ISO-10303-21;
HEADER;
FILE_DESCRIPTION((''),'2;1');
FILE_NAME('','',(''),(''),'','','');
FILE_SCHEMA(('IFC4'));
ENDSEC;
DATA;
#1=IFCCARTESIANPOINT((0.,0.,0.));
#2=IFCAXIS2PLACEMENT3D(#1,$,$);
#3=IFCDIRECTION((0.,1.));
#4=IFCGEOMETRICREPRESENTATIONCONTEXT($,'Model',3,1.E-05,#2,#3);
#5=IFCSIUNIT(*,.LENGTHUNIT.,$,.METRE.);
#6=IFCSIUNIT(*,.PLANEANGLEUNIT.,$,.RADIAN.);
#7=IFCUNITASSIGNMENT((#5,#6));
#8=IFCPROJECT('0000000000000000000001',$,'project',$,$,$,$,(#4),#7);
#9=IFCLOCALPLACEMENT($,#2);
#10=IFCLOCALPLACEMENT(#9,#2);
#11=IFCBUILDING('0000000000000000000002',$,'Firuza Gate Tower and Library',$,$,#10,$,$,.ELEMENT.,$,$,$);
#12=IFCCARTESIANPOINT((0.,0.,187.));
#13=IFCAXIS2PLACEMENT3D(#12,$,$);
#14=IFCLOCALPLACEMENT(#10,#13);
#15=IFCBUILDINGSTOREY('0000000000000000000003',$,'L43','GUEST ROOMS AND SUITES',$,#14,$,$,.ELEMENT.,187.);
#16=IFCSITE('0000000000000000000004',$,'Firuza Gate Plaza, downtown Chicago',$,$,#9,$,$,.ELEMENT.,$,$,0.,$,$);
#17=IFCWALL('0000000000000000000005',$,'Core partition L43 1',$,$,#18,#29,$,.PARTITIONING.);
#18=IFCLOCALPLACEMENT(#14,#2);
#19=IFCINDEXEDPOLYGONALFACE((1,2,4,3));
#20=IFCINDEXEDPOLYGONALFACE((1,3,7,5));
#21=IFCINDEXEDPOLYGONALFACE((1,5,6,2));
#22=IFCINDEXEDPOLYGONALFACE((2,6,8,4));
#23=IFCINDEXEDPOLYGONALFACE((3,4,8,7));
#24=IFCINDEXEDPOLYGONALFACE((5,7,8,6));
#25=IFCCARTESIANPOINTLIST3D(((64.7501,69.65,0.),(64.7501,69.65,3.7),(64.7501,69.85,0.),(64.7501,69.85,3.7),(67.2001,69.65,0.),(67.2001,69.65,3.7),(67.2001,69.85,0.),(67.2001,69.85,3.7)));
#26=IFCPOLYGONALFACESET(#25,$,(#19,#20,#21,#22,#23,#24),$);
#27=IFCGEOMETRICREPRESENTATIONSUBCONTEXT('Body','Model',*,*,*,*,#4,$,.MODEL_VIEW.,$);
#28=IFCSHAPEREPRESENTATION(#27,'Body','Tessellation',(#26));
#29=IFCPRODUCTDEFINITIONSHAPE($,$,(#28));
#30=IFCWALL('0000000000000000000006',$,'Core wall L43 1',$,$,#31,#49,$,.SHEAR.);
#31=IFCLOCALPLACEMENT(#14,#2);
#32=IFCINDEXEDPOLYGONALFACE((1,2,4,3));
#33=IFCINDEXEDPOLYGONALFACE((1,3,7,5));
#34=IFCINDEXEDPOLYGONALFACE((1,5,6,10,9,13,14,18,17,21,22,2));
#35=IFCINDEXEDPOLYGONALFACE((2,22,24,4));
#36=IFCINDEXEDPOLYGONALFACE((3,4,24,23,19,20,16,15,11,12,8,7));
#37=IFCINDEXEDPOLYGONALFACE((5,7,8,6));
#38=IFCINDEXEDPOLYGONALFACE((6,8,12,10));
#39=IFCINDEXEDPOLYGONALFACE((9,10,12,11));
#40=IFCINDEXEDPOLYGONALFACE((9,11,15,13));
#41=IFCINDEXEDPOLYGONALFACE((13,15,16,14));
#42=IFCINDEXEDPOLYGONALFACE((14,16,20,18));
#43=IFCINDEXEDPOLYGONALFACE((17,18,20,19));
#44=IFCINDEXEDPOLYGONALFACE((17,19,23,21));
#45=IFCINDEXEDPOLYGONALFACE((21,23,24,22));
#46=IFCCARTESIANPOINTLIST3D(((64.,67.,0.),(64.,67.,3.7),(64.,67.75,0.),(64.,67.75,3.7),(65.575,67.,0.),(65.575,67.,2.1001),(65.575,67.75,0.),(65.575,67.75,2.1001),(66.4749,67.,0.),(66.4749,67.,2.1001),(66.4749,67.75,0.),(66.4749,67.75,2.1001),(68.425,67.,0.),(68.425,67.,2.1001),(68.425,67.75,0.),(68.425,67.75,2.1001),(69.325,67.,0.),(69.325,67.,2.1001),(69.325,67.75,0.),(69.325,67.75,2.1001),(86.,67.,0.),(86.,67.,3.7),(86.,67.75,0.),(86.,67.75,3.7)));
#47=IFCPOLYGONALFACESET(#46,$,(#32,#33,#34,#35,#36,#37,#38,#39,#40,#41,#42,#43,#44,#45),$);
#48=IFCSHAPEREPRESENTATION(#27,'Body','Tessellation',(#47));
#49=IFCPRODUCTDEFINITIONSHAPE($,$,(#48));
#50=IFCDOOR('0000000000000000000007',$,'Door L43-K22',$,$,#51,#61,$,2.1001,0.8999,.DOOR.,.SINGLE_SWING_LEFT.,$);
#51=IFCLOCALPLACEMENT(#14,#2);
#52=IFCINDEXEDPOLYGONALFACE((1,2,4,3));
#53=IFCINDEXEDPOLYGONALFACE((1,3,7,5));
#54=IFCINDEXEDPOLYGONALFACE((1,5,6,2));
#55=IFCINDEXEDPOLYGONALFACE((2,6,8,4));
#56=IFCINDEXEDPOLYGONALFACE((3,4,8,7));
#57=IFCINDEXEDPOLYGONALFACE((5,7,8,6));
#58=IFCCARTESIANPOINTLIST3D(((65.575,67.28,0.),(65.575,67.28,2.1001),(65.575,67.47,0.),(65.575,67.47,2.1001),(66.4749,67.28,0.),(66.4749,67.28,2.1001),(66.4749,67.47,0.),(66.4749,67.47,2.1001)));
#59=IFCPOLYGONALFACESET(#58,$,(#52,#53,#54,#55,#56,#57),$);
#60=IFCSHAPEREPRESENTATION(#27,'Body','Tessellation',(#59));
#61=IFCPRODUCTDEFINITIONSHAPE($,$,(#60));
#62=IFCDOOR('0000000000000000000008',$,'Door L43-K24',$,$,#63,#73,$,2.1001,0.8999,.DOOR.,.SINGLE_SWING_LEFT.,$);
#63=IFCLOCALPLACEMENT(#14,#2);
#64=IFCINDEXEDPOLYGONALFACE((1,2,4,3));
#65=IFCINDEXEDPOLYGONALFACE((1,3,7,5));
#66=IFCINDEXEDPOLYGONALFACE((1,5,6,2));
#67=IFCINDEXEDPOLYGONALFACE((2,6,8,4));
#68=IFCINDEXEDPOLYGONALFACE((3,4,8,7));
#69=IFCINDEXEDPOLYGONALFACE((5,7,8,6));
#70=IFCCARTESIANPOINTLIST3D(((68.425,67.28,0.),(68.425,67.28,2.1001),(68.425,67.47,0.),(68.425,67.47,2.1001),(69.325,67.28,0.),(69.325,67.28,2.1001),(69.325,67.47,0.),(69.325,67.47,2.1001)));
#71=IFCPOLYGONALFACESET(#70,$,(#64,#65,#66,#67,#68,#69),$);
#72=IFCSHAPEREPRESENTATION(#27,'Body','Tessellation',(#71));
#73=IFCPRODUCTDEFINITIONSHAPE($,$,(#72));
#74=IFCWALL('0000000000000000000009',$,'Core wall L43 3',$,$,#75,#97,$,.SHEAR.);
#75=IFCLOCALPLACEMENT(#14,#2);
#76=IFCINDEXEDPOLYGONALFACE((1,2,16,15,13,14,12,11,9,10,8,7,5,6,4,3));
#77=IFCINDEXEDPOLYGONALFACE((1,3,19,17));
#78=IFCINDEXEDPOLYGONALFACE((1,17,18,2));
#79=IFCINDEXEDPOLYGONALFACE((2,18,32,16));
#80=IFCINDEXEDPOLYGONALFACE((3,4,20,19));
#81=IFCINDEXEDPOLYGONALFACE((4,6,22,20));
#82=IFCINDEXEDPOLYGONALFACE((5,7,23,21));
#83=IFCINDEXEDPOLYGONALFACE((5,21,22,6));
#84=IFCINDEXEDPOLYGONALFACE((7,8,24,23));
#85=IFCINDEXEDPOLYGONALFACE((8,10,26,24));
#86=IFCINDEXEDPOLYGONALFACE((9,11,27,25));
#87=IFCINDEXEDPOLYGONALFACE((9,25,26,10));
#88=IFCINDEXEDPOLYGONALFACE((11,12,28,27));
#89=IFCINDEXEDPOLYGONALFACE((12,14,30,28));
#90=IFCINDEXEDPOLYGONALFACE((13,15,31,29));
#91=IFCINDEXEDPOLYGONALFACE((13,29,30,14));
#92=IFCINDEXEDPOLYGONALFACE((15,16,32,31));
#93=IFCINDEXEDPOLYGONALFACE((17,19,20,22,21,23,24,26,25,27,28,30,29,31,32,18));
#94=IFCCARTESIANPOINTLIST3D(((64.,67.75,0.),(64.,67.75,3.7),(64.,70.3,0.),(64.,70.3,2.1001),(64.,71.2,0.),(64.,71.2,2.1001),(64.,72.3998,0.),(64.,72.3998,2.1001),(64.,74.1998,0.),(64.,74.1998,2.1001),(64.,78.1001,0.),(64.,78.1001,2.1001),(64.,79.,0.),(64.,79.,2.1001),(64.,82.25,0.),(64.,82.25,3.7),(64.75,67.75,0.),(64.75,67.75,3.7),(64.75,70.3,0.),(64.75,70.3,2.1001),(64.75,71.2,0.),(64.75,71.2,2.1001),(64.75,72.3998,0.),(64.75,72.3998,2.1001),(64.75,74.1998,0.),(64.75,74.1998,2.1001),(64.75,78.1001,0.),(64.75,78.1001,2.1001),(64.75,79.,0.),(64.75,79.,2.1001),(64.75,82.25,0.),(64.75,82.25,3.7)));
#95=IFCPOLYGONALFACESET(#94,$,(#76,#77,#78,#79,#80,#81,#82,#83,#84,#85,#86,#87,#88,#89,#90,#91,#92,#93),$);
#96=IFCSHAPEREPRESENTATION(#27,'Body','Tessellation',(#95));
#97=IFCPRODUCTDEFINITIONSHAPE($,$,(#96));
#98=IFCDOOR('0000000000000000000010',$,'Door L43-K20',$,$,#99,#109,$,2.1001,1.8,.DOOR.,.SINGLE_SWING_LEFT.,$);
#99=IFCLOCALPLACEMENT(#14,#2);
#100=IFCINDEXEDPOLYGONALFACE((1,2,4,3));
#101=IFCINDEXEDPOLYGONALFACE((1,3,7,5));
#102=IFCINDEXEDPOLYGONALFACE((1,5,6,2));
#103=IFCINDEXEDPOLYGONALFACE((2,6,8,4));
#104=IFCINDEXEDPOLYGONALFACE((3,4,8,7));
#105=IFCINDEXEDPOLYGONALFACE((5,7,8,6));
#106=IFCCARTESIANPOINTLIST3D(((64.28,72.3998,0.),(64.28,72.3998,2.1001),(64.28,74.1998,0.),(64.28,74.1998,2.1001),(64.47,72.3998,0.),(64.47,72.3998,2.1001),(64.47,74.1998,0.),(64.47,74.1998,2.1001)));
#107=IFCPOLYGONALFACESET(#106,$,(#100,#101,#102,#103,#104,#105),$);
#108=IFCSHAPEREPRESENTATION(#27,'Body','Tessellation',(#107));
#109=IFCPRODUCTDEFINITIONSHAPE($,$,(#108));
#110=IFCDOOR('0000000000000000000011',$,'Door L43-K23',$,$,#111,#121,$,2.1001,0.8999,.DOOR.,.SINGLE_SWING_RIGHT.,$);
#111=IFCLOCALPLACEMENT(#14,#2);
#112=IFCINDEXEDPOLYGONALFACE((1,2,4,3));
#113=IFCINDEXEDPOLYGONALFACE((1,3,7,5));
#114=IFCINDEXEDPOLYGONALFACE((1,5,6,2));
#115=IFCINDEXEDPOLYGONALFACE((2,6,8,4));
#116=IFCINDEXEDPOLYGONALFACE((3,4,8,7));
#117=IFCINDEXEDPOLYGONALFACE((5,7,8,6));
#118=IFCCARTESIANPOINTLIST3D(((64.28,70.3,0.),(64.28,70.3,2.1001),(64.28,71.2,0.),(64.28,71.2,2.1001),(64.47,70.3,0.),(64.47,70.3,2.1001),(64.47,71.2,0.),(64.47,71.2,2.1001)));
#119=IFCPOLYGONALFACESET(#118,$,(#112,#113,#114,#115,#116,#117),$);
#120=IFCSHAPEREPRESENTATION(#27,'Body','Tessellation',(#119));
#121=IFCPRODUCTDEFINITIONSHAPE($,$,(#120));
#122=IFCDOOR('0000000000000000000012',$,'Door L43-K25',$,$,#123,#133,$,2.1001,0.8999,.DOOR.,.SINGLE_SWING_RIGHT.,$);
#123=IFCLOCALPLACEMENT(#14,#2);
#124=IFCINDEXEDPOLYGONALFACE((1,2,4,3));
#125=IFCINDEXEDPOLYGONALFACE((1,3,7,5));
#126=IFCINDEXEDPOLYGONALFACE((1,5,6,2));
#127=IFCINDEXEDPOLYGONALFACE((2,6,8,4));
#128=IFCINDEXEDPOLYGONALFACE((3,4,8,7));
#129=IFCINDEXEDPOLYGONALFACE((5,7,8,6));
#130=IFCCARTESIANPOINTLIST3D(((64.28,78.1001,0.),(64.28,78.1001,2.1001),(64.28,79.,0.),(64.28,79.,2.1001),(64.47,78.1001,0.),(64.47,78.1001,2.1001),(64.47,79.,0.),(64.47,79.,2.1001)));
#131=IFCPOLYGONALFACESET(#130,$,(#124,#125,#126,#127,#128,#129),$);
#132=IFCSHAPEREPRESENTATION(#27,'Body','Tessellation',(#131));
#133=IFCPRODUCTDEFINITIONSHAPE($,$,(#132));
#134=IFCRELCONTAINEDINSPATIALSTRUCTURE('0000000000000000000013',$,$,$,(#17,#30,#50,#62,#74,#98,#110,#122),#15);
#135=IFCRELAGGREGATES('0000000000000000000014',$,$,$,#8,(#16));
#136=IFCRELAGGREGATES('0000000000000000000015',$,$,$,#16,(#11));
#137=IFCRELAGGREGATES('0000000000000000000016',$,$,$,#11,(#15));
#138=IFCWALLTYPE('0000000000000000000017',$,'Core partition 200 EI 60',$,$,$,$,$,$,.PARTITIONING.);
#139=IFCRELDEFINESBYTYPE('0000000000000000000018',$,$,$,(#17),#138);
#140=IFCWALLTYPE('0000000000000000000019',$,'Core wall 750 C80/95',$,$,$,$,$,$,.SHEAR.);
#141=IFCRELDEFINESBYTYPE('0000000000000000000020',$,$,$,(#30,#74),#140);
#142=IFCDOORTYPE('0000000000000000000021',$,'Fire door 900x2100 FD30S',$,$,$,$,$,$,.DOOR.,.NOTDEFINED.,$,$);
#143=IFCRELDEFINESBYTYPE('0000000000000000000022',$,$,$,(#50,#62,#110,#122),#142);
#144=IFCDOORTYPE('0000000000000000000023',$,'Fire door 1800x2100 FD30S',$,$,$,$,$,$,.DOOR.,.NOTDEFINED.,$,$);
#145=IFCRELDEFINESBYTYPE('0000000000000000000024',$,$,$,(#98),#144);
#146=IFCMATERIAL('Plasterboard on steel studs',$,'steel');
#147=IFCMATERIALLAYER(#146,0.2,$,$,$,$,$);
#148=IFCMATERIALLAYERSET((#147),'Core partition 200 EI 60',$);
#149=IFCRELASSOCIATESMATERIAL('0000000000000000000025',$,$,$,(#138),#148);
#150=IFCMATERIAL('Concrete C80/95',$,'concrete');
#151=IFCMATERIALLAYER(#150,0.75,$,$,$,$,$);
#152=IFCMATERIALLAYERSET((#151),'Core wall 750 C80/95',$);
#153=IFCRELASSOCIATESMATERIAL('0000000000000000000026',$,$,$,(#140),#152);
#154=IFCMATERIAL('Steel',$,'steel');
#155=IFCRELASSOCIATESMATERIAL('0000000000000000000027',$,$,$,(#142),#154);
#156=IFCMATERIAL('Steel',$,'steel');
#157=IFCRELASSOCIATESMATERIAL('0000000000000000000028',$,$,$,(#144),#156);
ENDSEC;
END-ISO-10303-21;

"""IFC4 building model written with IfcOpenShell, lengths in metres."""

from ifc_helpers import new_model, si_unit, direction, frame, frame_2d, origin, place, context, subcontext, project, spatial, rectangle, extrude, material, layer, layer_set, type_object, element, fill, save


model = new_model("IFC4")

# Units and contexts
model_context = context("Model", 3, precision=1e-05, world=origin(), true_north=direction((0.0, 1.0)))
body_context = subcontext(model_context, "Body", "Model", "MODEL_VIEW")
ifc_project = project(units=[si_unit("LENGTHUNIT", "METRE"), si_unit("PLANEANGLEUNIT", "RADIAN")], contexts=[model_context])

# Site, building, storey
site_placement = place(None, origin())
site = spatial("IfcSite", under=ifc_project, at=site_placement, Name="Firuza Gate Plaza, downtown Chicago", CompositionType="ELEMENT", RefElevation=0.0)
building_placement = place(site_placement, origin())
building = spatial("IfcBuilding", under=site, at=building_placement, Name="Firuza Gate Tower and Library", CompositionType="ELEMENT")
storey_placement = place(building_placement, frame((0.0, 0.0, 187.0)))
storey = spatial("IfcBuildingStorey", under=building, at=storey_placement, Name="L43", Description="GUEST ROOMS AND SUITES", CompositionType="ELEMENT", Elevation=187.0)

# Wall
ifc_material_1 = material(Name="Plasterboard on steel studs", Category="steel")
ifc_layer_1 = layer(ifc_material_1, 0.2)
ifc_layer_set_1 = layer_set([ifc_layer_1], Name="Core partition 200 EI 60")
wall_type_1 = type_object("IfcWallType", Name="Core partition 200 EI 60", PredefinedType="PARTITIONING", material=ifc_layer_set_1)
wall_1_placement = place(storey_placement, frame((64.75, 69.75, 0.0), z_axis=(0.0, 0.0, 1.0), x_axis=(1.0, 0.0, 0.0)))
element("IfcWall", 1, at=wall_1_placement, inside=storey, type_object=wall_type_1, Name="Core partition L43 1", PredefinedType="PARTITIONING", context=body_context, shape_type="SweptSolid", body=[
    extrude(rectangle(XDim=2.45, YDim=0.2, at=frame_2d((1.2251, 0.0))), origin(), (0.0, 0.0, 1.0), 3.7),
])

# Walls, openings, doors
ifc_material_2 = material(Name="Concrete C80/95", Category="concrete")
ifc_layer_2 = layer(ifc_material_2, 0.75)
ifc_layer_set_2 = layer_set([ifc_layer_2], Name="Core wall 750 C80/95")
wall_type_2 = type_object("IfcWallType", Name="Core wall 750 C80/95", PredefinedType="SHEAR", material=ifc_layer_set_2)
wall_2_placement = place(storey_placement, frame((64.0, 67.375, 0.0), z_axis=(0.0, 0.0, 1.0), x_axis=(1.0, 0.0, 0.0)))
wall_2 = element("IfcWall", 2, at=wall_2_placement, inside=storey, type_object=wall_type_2, Name="Core wall L43 1", PredefinedType="SHEAR", context=body_context, shape_type="SweptSolid", body=[
    extrude(rectangle(XDim=22.0, YDim=0.75, at=frame_2d((11.0, 0.0))), origin(), (0.0, 0.0, 1.0), 3.7),
])
opening_1_placement = place(wall_2_placement, frame((1.575, 0.0, 0.0)))
opening_1 = element("IfcOpeningElement", 3, at=opening_1_placement, cuts=wall_2, PredefinedType="OPENING", context=body_context, shape_type="SweptSolid", body=[
    extrude(rectangle(XDim=0.8999, YDim=2.1001, at=frame_2d((0.45, 1.05))), frame((0.0, 0.385, 0.0), z_axis=(0.0, -1.0, 0.0), x_axis=(1.0, 0.0, 0.0)), (0.0, 0.0, 1.0), 0.77),
])
opening_2_placement = place(wall_2_placement, frame((4.425, 0.0, 0.0)))
opening_2 = element("IfcOpeningElement", 4, at=opening_2_placement, cuts=wall_2, PredefinedType="OPENING", context=body_context, shape_type="SweptSolid", body=[
    extrude(rectangle(XDim=0.8999, YDim=2.1001, at=frame_2d((0.45, 1.05))), frame((0.0, 0.385, 0.0), z_axis=(0.0, -1.0, 0.0), x_axis=(1.0, 0.0, 0.0)), (0.0, 0.0, 1.0), 0.77),
])
ifc_material_3 = material(Name="Steel", Category="steel")
door_type_1 = type_object("IfcDoorType", Name="Fire door 900x2100 FD30S", OperationType="NOTDEFINED", PredefinedType="DOOR", material=ifc_material_3)
door_1_placement = place(opening_1_placement, origin())
door_1 = element("IfcDoor", 5, at=door_1_placement, inside=storey, type_object=door_type_1, Name="Door L43-K22", OperationType="SINGLE_SWING_LEFT", OverallHeight=2.1001, OverallWidth=0.8999, PredefinedType="DOOR", context=body_context, shape_type="SweptSolid", body=[
    extrude(rectangle(XDim=0.8999, YDim=2.1001, at=frame_2d((0.45, 1.05))), frame((0.0, 0.095, 0.0), z_axis=(0.0, -1.0, 0.0), x_axis=(1.0, 0.0, 0.0)), (0.0, 0.0, 1.0), 0.1899),
])
fill(opening_1, door_1)
door_2_placement = place(opening_2_placement, origin())
door_2 = element("IfcDoor", 6, at=door_2_placement, inside=storey, type_object=door_type_1, Name="Door L43-K24", OperationType="SINGLE_SWING_LEFT", OverallHeight=2.1001, OverallWidth=0.8999, PredefinedType="DOOR", context=body_context, shape_type="SweptSolid", body=[
    extrude(rectangle(XDim=0.8999, YDim=2.1001, at=frame_2d((0.45, 1.05))), frame((0.0, 0.095, 0.0), z_axis=(0.0, -1.0, 0.0), x_axis=(1.0, 0.0, 0.0)), (0.0, 0.0, 1.0), 0.1899),
])
fill(opening_2, door_2)
wall_3_placement = place(storey_placement, frame((64.375, 67.75, 0.0), z_axis=(0.0, 0.0, 1.0), x_axis=(0.0, 1.0, 0.0)))
wall_3 = element("IfcWall", 7, at=wall_3_placement, inside=storey, type_object=wall_type_2, Name="Core wall L43 3", PredefinedType="SHEAR", context=body_context, shape_type="SweptSolid", body=[
    extrude(rectangle(XDim=14.5, YDim=0.75, at=frame_2d((7.25, 0.0))), origin(), (0.0, 0.0, 1.0), 3.7),
])
opening_3_placement = place(wall_3_placement, frame((4.6499, 0.0, 0.0)))
opening_3 = element("IfcOpeningElement", 8, at=opening_3_placement, cuts=wall_3, PredefinedType="OPENING", context=body_context, shape_type="SweptSolid", body=[
    extrude(rectangle(XDim=1.8, YDim=2.1001, at=frame_2d((0.8999, 1.05))), frame((0.0, 0.385, 0.0), z_axis=(0.0, -1.0, 0.0), x_axis=(1.0, 0.0, 0.0)), (0.0, 0.0, 1.0), 0.77),
])
opening_4_placement = place(wall_3_placement, frame((2.55, 0.0, 0.0)))
opening_4 = element("IfcOpeningElement", 9, at=opening_4_placement, cuts=wall_3, PredefinedType="OPENING", context=body_context, shape_type="SweptSolid", body=[
    extrude(rectangle(XDim=0.8999, YDim=2.1001, at=frame_2d((0.45, 1.05))), frame((0.0, 0.385, 0.0), z_axis=(0.0, -1.0, 0.0), x_axis=(1.0, 0.0, 0.0)), (0.0, 0.0, 1.0), 0.77),
])
opening_5_placement = place(wall_3_placement, frame((10.3501, 0.0, 0.0)))
opening_5 = element("IfcOpeningElement", 10, at=opening_5_placement, cuts=wall_3, PredefinedType="OPENING", context=body_context, shape_type="SweptSolid", body=[
    extrude(rectangle(XDim=0.8999, YDim=2.1001, at=frame_2d((0.45, 1.05))), frame((0.0, 0.385, 0.0), z_axis=(0.0, -1.0, 0.0), x_axis=(1.0, 0.0, 0.0)), (0.0, 0.0, 1.0), 0.77),
])
ifc_material_4 = material(Name="Steel", Category="steel")
door_type_2 = type_object("IfcDoorType", Name="Fire door 1800x2100 FD30S", OperationType="NOTDEFINED", PredefinedType="DOOR", material=ifc_material_4)
door_3_placement = place(opening_3_placement, origin())
door_3 = element("IfcDoor", 11, at=door_3_placement, inside=storey, type_object=door_type_2, Name="Door L43-K20", OperationType="SINGLE_SWING_LEFT", OverallHeight=2.1001, OverallWidth=1.8, PredefinedType="DOOR", context=body_context, shape_type="SweptSolid", body=[
    extrude(rectangle(XDim=1.8, YDim=2.1001, at=frame_2d((0.8999, 1.05))), frame((0.0, 0.095, 0.0), z_axis=(0.0, -1.0, 0.0), x_axis=(1.0, 0.0, 0.0)), (0.0, 0.0, 1.0), 0.1899),
])
fill(opening_3, door_3)
door_4_placement = place(opening_4_placement, origin())
door_4 = element("IfcDoor", 12, at=door_4_placement, inside=storey, type_object=door_type_1, Name="Door L43-K23", OperationType="SINGLE_SWING_RIGHT", OverallHeight=2.1001, OverallWidth=0.8999, PredefinedType="DOOR", context=body_context, shape_type="SweptSolid", body=[
    extrude(rectangle(XDim=0.8999, YDim=2.1001, at=frame_2d((0.45, 1.05))), frame((0.0, 0.095, 0.0), z_axis=(0.0, -1.0, 0.0), x_axis=(1.0, 0.0, 0.0)), (0.0, 0.0, 1.0), 0.1899),
])
fill(opening_4, door_4)
door_5_placement = place(opening_5_placement, origin())
door_5 = element("IfcDoor", 13, at=door_5_placement, inside=storey, type_object=door_type_1, Name="Door L43-K25", OperationType="SINGLE_SWING_RIGHT", OverallHeight=2.1001, OverallWidth=0.8999, PredefinedType="DOOR", context=body_context, shape_type="SweptSolid", body=[
    extrude(rectangle(XDim=0.8999, YDim=2.1001, at=frame_2d((0.45, 1.05))), frame((0.0, 0.095, 0.0), z_axis=(0.0, -1.0, 0.0), x_axis=(1.0, 0.0, 0.0)), (0.0, 0.0, 1.0), 0.1899),
])
fill(opening_5, door_5)

save(model, "model.ifc")
